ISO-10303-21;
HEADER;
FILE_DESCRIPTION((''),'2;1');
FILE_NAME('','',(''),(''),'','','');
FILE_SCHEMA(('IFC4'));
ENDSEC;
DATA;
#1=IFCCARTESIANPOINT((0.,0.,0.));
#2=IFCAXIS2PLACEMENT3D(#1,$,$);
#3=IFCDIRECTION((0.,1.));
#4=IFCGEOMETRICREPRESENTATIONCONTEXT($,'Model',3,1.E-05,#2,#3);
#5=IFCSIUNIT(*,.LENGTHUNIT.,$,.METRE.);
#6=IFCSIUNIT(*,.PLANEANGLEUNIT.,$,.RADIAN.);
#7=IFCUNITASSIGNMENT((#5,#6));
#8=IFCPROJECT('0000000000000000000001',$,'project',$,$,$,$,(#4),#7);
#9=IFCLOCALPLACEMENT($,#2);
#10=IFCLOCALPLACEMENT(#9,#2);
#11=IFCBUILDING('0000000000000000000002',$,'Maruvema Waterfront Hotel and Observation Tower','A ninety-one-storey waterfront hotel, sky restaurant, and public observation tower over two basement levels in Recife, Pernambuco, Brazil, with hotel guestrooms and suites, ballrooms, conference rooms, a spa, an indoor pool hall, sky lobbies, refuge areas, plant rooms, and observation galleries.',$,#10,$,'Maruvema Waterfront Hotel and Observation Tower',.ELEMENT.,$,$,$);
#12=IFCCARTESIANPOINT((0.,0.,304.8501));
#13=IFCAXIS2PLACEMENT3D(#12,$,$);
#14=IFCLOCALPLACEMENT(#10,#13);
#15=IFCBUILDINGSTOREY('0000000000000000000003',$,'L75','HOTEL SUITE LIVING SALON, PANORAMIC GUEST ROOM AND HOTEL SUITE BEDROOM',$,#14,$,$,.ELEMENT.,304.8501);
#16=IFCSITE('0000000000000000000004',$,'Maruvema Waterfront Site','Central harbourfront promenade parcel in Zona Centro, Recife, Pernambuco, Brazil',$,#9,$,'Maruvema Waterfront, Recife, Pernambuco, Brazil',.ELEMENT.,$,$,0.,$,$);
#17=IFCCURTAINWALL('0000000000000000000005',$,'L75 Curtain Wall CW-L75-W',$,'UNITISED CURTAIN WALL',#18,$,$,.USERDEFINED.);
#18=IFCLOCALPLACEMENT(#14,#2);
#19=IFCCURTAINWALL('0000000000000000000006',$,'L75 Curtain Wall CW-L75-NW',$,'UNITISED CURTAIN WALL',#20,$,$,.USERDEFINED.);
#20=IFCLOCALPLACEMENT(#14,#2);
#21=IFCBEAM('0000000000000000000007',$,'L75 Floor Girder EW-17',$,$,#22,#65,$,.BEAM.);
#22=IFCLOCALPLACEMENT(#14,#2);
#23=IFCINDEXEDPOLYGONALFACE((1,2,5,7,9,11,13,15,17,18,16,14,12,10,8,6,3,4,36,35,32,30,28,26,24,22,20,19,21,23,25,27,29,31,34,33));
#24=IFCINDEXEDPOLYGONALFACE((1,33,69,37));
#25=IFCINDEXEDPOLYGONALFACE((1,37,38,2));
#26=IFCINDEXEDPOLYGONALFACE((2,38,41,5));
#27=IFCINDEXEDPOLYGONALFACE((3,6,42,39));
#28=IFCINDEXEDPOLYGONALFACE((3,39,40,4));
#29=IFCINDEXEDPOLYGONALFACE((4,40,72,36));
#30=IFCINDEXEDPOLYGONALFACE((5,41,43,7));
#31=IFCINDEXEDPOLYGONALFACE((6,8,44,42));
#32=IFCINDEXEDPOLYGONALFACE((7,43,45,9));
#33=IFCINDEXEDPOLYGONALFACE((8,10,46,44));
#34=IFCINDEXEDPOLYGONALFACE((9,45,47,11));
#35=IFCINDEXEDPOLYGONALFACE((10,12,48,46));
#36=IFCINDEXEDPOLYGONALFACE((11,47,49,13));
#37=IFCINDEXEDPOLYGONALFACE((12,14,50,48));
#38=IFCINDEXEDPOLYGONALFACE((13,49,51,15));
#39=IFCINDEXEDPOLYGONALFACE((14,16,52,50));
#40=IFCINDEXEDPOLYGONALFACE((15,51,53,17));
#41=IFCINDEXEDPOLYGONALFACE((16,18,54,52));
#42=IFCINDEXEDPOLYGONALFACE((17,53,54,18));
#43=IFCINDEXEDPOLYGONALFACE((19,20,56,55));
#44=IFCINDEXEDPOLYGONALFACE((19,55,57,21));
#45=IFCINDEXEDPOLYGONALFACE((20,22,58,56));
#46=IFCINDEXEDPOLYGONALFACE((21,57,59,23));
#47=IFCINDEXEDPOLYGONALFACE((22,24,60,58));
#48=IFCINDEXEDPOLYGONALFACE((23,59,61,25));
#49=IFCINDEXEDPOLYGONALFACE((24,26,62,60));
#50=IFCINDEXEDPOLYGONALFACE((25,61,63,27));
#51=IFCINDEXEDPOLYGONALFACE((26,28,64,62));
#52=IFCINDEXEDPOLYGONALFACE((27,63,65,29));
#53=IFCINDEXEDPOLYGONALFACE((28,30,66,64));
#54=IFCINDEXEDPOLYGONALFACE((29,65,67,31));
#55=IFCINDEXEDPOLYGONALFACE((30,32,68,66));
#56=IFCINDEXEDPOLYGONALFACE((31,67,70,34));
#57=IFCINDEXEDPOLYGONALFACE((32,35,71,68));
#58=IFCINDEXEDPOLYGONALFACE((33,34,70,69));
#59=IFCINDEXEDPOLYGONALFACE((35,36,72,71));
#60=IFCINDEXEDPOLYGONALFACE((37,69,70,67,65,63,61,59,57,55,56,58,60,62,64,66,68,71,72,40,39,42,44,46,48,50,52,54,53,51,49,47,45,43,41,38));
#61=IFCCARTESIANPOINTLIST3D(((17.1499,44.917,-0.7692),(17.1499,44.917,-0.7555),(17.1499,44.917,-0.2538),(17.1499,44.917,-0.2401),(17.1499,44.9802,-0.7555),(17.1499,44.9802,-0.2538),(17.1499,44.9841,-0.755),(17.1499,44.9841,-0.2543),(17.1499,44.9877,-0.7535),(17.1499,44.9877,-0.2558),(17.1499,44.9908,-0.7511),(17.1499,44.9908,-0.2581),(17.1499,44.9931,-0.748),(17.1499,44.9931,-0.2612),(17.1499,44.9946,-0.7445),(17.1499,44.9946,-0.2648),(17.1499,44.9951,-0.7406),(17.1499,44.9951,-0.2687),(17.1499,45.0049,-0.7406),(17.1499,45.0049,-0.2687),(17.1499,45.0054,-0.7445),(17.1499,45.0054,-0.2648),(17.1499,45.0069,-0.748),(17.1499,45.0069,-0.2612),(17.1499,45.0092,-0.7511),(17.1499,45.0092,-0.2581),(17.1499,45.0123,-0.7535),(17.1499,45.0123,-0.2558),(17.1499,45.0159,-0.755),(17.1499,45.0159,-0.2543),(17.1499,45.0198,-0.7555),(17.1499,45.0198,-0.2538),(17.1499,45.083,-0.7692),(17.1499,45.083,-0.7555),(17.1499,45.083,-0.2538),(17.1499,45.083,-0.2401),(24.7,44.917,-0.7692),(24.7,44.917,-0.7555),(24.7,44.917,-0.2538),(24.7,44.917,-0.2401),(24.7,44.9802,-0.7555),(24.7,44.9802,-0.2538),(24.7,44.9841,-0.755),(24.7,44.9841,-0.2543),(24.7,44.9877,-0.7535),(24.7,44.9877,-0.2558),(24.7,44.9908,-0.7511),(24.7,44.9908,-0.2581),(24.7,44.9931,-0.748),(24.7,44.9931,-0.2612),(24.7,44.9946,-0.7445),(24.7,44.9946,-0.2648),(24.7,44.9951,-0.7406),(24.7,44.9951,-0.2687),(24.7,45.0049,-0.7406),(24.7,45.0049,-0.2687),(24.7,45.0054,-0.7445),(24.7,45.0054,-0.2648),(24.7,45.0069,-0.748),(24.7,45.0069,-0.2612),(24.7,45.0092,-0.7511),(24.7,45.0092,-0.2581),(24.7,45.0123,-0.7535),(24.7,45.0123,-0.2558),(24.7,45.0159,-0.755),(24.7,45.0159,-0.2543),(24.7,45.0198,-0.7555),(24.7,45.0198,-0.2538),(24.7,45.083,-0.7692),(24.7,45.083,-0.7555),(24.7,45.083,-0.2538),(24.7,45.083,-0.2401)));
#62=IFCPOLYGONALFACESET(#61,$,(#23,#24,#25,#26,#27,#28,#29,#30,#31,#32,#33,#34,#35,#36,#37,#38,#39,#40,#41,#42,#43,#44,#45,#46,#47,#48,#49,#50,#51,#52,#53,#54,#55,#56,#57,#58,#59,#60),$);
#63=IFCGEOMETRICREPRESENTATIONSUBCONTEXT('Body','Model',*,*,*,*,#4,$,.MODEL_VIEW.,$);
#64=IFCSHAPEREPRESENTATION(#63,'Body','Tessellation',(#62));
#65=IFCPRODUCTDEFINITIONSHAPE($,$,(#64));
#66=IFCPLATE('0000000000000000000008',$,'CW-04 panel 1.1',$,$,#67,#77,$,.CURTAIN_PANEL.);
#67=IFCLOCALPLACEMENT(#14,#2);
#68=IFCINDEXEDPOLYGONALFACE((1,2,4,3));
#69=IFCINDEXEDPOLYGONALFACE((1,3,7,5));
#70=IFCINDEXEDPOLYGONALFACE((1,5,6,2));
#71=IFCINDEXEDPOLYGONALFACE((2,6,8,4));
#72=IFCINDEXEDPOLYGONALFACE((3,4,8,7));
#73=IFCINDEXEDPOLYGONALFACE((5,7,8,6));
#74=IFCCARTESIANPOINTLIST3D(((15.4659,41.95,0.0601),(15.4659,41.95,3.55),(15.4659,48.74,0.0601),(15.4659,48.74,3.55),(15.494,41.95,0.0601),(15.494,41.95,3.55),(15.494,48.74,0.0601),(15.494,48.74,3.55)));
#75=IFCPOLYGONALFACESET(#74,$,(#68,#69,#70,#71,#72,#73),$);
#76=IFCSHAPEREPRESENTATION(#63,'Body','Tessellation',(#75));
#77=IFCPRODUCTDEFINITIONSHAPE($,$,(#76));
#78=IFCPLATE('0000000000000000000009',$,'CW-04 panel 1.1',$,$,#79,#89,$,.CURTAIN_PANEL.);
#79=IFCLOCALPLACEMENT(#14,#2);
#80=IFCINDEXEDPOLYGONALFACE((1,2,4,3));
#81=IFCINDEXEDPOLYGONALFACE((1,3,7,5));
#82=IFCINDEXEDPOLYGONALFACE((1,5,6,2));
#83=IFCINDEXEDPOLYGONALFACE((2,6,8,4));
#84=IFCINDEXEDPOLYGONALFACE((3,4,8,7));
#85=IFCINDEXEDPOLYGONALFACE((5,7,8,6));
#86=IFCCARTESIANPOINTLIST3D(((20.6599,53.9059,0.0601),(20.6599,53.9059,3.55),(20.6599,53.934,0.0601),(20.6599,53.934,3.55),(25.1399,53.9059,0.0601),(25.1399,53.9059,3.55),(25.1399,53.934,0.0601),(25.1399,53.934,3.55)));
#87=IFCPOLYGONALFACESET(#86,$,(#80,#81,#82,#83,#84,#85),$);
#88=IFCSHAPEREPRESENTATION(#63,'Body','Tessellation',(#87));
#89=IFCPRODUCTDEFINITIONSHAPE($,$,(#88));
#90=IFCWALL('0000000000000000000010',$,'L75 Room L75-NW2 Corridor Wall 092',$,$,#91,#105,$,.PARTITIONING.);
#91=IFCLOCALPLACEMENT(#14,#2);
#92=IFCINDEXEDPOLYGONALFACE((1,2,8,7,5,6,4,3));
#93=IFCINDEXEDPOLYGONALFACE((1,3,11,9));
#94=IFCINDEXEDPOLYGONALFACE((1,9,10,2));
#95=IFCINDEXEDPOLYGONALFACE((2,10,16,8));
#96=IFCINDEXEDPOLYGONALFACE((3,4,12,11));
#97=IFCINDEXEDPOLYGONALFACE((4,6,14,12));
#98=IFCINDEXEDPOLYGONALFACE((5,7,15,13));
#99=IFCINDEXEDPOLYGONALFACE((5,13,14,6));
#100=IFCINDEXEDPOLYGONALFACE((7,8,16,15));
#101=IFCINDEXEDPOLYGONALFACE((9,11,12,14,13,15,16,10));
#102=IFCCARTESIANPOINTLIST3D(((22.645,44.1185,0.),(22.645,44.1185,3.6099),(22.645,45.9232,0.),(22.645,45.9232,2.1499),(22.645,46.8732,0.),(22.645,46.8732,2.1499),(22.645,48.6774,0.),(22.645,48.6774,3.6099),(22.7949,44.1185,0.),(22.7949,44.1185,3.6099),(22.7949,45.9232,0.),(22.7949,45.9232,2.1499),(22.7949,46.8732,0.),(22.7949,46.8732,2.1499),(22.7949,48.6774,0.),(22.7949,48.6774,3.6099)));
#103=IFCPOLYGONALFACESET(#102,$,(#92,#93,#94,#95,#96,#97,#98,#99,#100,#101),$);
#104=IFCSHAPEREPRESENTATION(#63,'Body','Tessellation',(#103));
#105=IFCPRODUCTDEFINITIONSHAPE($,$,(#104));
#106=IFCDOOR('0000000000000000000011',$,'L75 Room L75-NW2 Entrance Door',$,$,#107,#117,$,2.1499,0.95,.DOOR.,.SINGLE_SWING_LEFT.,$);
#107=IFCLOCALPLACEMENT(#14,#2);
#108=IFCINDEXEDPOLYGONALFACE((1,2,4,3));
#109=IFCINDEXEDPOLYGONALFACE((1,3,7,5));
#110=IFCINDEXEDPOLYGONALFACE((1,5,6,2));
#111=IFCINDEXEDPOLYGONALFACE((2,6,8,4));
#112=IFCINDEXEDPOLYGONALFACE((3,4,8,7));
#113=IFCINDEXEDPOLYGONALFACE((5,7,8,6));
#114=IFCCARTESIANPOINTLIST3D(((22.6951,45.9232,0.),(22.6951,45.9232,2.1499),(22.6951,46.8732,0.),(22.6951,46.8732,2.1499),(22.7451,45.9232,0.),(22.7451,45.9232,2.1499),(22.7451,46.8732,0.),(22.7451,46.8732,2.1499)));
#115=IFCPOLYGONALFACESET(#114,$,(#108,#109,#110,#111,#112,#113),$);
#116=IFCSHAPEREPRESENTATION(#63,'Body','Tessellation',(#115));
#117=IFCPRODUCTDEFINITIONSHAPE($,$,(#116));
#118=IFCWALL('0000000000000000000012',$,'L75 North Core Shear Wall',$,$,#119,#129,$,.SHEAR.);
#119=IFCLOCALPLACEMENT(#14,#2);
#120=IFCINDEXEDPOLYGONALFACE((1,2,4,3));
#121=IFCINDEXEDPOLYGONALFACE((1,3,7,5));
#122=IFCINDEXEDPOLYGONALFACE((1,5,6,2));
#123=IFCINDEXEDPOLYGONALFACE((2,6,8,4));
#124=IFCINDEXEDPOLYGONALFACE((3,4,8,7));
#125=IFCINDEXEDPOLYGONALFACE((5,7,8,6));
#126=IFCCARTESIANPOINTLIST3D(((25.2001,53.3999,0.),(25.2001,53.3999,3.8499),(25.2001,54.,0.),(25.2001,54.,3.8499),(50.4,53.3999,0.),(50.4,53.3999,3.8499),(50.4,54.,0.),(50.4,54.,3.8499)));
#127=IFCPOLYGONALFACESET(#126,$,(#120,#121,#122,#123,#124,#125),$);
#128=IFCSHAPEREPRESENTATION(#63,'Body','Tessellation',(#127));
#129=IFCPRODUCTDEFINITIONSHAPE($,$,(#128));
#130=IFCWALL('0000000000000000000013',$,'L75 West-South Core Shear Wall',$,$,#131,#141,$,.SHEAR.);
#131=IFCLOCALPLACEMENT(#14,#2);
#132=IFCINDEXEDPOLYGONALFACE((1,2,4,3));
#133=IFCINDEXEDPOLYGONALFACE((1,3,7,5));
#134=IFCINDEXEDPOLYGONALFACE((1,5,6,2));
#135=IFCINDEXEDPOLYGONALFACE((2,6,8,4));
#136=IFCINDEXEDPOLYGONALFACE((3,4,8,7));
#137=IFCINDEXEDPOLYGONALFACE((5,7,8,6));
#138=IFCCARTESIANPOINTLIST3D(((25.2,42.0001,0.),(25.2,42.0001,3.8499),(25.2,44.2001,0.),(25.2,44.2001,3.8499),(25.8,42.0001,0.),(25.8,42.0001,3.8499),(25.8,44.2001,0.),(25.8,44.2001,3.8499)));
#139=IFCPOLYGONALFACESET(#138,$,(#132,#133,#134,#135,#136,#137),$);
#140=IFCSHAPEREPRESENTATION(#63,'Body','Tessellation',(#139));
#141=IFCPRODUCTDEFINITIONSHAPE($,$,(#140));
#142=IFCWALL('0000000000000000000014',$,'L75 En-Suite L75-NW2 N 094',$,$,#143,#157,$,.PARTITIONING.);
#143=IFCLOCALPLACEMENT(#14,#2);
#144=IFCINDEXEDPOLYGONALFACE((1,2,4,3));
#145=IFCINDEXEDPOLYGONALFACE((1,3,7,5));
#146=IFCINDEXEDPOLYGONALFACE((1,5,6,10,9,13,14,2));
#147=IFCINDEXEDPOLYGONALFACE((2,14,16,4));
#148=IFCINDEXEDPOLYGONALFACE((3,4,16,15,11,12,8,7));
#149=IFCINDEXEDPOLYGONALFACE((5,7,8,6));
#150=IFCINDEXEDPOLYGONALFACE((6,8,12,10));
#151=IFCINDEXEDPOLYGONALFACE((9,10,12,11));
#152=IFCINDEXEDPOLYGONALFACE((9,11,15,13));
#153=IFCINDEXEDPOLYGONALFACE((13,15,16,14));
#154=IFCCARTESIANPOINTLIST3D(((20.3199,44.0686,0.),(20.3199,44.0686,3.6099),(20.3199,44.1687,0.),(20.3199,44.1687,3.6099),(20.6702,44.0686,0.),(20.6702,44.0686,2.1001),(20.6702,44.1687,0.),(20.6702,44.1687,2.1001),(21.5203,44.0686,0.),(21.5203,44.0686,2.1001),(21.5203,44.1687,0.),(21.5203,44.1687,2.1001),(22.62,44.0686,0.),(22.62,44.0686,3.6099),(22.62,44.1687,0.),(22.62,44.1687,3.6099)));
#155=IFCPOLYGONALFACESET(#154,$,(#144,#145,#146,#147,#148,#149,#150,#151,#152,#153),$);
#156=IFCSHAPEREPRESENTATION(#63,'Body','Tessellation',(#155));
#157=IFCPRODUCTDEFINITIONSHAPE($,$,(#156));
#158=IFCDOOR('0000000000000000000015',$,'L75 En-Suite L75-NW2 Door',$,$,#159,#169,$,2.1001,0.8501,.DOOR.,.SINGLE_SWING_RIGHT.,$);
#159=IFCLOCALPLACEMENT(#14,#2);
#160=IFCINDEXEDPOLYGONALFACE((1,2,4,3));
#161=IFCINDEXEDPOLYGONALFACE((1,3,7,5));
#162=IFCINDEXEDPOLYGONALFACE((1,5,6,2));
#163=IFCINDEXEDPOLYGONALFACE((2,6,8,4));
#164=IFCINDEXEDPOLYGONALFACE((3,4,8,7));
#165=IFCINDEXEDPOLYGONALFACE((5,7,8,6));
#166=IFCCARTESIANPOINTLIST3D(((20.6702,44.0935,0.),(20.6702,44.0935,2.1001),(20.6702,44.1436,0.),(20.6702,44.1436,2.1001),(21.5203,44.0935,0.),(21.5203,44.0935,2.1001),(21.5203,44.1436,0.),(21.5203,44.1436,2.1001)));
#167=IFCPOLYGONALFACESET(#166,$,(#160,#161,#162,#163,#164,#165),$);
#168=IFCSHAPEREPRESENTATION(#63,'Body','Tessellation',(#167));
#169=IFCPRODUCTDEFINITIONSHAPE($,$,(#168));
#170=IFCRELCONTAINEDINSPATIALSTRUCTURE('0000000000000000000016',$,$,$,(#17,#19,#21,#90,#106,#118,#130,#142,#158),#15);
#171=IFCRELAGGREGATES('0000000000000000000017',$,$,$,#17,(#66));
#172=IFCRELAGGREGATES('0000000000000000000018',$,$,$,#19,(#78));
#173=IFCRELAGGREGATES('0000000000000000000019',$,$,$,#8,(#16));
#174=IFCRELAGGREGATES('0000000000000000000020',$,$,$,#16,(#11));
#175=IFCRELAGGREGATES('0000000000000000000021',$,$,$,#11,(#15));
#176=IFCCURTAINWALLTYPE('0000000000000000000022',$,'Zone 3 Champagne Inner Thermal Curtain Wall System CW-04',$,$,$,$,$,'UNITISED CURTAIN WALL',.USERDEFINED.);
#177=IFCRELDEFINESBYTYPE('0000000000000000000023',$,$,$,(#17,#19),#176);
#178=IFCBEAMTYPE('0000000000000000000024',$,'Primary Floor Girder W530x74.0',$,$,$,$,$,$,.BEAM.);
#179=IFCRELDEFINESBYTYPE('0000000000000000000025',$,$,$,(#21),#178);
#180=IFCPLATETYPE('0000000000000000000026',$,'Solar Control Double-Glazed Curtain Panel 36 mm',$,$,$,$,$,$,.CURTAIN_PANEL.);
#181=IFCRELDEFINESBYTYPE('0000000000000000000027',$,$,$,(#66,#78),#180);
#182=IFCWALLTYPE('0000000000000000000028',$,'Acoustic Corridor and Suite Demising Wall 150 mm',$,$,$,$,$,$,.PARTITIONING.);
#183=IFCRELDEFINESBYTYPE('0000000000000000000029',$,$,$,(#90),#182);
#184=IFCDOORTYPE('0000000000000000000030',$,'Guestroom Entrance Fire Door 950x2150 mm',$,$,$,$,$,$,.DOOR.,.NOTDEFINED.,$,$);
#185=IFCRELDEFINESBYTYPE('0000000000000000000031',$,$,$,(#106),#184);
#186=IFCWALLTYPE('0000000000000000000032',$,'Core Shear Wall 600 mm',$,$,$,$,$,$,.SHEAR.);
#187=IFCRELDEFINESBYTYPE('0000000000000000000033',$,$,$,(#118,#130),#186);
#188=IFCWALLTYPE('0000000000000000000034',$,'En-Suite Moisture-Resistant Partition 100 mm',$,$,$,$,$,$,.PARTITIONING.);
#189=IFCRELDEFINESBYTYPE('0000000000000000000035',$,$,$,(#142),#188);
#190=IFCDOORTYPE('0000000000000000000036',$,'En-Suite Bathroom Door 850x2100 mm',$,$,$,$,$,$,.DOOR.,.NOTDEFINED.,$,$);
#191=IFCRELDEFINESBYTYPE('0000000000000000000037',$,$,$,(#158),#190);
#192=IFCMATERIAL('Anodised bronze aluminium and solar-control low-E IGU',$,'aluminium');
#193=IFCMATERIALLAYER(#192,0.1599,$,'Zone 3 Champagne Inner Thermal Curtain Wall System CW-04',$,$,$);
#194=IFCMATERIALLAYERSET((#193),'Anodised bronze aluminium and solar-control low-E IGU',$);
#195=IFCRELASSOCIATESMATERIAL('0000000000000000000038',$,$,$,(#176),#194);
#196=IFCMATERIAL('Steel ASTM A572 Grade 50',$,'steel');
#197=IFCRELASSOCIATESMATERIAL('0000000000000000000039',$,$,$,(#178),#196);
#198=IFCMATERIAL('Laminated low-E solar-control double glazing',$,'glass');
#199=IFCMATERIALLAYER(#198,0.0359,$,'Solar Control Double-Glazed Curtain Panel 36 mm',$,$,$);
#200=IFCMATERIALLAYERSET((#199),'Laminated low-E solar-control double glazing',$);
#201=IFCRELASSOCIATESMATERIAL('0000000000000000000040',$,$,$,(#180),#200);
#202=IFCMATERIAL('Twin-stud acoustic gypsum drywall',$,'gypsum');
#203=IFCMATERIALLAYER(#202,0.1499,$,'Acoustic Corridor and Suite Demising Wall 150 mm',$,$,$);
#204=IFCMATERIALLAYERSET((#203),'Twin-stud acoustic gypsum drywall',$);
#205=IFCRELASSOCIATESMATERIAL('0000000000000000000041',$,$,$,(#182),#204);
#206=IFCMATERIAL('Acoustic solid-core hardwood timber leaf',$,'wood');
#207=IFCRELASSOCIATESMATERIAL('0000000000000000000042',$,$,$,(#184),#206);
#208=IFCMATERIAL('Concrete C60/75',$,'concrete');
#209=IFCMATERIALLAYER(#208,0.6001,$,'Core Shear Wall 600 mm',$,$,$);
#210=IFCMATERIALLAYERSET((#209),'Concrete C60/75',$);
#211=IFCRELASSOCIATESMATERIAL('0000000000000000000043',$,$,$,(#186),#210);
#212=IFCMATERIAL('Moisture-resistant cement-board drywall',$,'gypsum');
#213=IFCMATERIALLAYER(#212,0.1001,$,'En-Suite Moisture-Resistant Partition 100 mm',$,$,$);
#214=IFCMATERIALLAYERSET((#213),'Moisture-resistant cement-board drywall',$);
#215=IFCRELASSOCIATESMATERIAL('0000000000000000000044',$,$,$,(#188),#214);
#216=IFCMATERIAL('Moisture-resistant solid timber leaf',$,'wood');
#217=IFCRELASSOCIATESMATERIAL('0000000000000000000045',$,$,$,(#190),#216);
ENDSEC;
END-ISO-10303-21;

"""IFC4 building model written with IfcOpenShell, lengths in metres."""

from ifc_helpers import new_model, si_unit, direction, frame, frame_2d, origin, origin_2d, place, context, subcontext, project, spatial, rectangle, i_section, extrude, material, layer, layer_set, material_profile, profile_set, type_object, element, fill, aggregate, save


model = new_model("IFC4")

# Units and contexts
model_context = context("Model", 3, precision=1e-05, world=origin(), true_north=direction((0.0, 1.0)))
body_context = subcontext(model_context, "Body", "Model", "MODEL_VIEW")
ifc_project = project(units=[si_unit("LENGTHUNIT", "METRE"), si_unit("PLANEANGLEUNIT", "RADIAN")], contexts=[model_context])

# Site, building, storey
site_placement = place(None, origin())
site = spatial("IfcSite", under=ifc_project, at=site_placement, Name="Maruvema Waterfront Site", Description="Central harbourfront promenade parcel in Zona Centro, Recife, Pernambuco, Brazil", LongName="Maruvema Waterfront, Recife, Pernambuco, Brazil", CompositionType="ELEMENT", RefElevation=0.0)
building_placement = place(site_placement, origin())
building = spatial("IfcBuilding", under=site, at=building_placement, Name="Maruvema Waterfront Hotel and Observation Tower", Description="A ninety-one-storey waterfront hotel, sky restaurant, and public observation tower over two basement levels in Recife, Pernambuco, Brazil, with hotel guestrooms and suites, ballrooms, conference rooms, a spa, an indoor pool hall, sky lobbies, refuge areas, plant rooms, and observation galleries.", LongName="Maruvema Waterfront Hotel and Observation Tower", CompositionType="ELEMENT")
storey_placement = place(building_placement, frame((0.0, 0.0, 304.8501)))
storey = spatial("IfcBuildingStorey", under=building, at=storey_placement, Name="L75", Description="HOTEL SUITE LIVING SALON, PANORAMIC GUEST ROOM AND HOTEL SUITE BEDROOM", CompositionType="ELEMENT", Elevation=304.8501)

# Curtain walls
ifc_material_1 = material(Name="Anodised bronze aluminium and solar-control low-E IGU", Category="aluminium")
ifc_layer_1 = layer(ifc_material_1, 0.1599, Name="Zone 3 Champagne Inner Thermal Curtain Wall System CW-04")
ifc_layer_set_1 = layer_set([ifc_layer_1], Name="Anodised bronze aluminium and solar-control low-E IGU")
curtain_wall_type = type_object("IfcCurtainWallType", Name="Zone 3 Champagne Inner Thermal Curtain Wall System CW-04", ElementType="UNITISED CURTAIN WALL", PredefinedType="USERDEFINED", material=ifc_layer_set_1)
curtain_wall_1_placement = place(storey_placement, origin())
curtain_wall_1 = element("IfcCurtainWall", 1, at=curtain_wall_1_placement, inside=storey, type_object=curtain_wall_type, Name="L75 Curtain Wall CW-L75-W", ObjectType="UNITISED CURTAIN WALL", PredefinedType="USERDEFINED")
curtain_wall_2_placement = place(storey_placement, origin())
curtain_wall_2 = element("IfcCurtainWall", 2, at=curtain_wall_2_placement, inside=storey, type_object=curtain_wall_type, Name="L75 Curtain Wall CW-L75-NW", ObjectType="UNITISED CURTAIN WALL", PredefinedType="USERDEFINED")

# Beam
ifc_material_2 = material(Name="Steel ASTM A572 Grade 50", Category="steel")
ifc_material_profile_1 = material_profile(ifc_material_2, i_section(OverallWidth=0.166, OverallDepth=0.5291, WebThickness=0.0098, FlangeThickness=0.0137, FilletRadius=0.0149, at=origin_2d()), Name="W530x74.0")
ifc_profile_set_1 = profile_set([ifc_material_profile_1], Name="Steel ASTM A572 Grade 50")
beam_type = type_object("IfcBeamType", Name="Primary Floor Girder W530x74.0", PredefinedType="BEAM", material=ifc_profile_set_1)
beam_placement = place(storey_placement, frame((17.1499, 45.0, -0.5046), z_axis=(1.0, 0.0, 0.0), x_axis=(0.0, 1.0, 0.0)))
element("IfcBeam", 3, at=beam_placement, inside=storey, type_object=beam_type, Name="L75 Floor Girder EW-17", PredefinedType="BEAM", context=body_context, shape_type="SweptSolid", body=[
    extrude(i_section(OverallWidth=0.166, OverallDepth=0.5291, WebThickness=0.0098, FlangeThickness=0.0137, FilletRadius=0.0149, at=origin_2d()), origin(), (0.0, 0.0, 1.0), 7.55),
])

# Plates
ifc_material_3 = material(Name="Laminated low-E solar-control double glazing", Category="glass")
ifc_layer_2 = layer(ifc_material_3, 0.0359, Name="Solar Control Double-Glazed Curtain Panel 36 mm")
ifc_layer_set_2 = layer_set([ifc_layer_2], Name="Laminated low-E solar-control double glazing")
plate_type = type_object("IfcPlateType", Name="Solar Control Double-Glazed Curtain Panel 36 mm", PredefinedType="CURTAIN_PANEL", material=ifc_layer_set_2)
plate_1_placement = place(storey_placement, frame((15.48, 45.345, 0.0601), z_axis=(0.0, 0.0, 1.0), x_axis=(0.0, -1.0, 0.0)))
plate_1 = element("IfcPlate", 4, at=plate_1_placement, type_object=plate_type, Name="CW-04 panel 1.1", PredefinedType="CURTAIN_PANEL", context=body_context, shape_type="SweptSolid", body=[
    extrude(rectangle(XDim=6.79, YDim=0.0281, at=origin_2d()), origin(), (0.0, 0.0, 1.0), 3.49),
])
aggregate(curtain_wall_1, [plate_1])
plate_2_placement = place(storey_placement, frame((22.8999, 53.9199, 0.0601), z_axis=(0.0, 0.0, 1.0), x_axis=(-1.0, 0.0, 0.0)))
plate_2 = element("IfcPlate", 5, at=plate_2_placement, type_object=plate_type, Name="CW-04 panel 1.1", PredefinedType="CURTAIN_PANEL", context=body_context, shape_type="SweptSolid", body=[
    extrude(rectangle(XDim=4.48, YDim=0.0281, at=origin_2d()), origin(), (0.0, 0.0, 1.0), 3.49),
])
aggregate(curtain_wall_2, [plate_2])

# Wall, opening, door
ifc_material_4 = material(Name="Twin-stud acoustic gypsum drywall", Category="gypsum")
ifc_layer_3 = layer(ifc_material_4, 0.1499, Name="Acoustic Corridor and Suite Demising Wall 150 mm")
ifc_layer_set_3 = layer_set([ifc_layer_3], Name="Twin-stud acoustic gypsum drywall")
wall_type_1 = type_object("IfcWallType", Name="Acoustic Corridor and Suite Demising Wall 150 mm", PredefinedType="PARTITIONING", material=ifc_layer_set_3)
wall_1_placement = place(storey_placement, frame((22.72, 44.1187, 0.0), z_axis=(0.0, 0.0, 1.0), x_axis=(0.0, 1.0, 0.0)))
wall_1 = element("IfcWall", 6, at=wall_1_placement, inside=storey, type_object=wall_type_1, Name="L75 Room L75-NW2 Corridor Wall 092", PredefinedType="PARTITIONING", context=body_context, shape_type="SweptSolid", body=[
    extrude(rectangle(XDim=4.5588, YDim=0.1499, at=frame_2d((2.2793, 0.0))), origin(), (0.0, 0.0, 1.0), 3.6099),
])
opening_1_placement = place(wall_1_placement, frame((1.8044, 0.0, 0.0)))
opening_1 = element("IfcOpeningElement", 7, at=opening_1_placement, cuts=wall_1, PredefinedType="OPENING", context=body_context, shape_type="SweptSolid", body=[
    extrude(rectangle(XDim=0.95, YDim=2.1499, at=frame_2d((0.4751, 1.075))), frame((0.0, 0.085, 0.0), z_axis=(0.0, -1.0, 0.0), x_axis=(1.0, 0.0, 0.0)), (0.0, 0.0, 1.0), 0.1699),
])
ifc_material_5 = material(Name="Acoustic solid-core hardwood timber leaf", Category="wood")
door_type_1 = type_object("IfcDoorType", Name="Guestroom Entrance Fire Door 950x2150 mm", OperationType="NOTDEFINED", PredefinedType="DOOR", material=ifc_material_5)
door_1_placement = place(opening_1_placement, origin())
door_1 = element("IfcDoor", 8, at=door_1_placement, inside=storey, type_object=door_type_1, Name="L75 Room L75-NW2 Entrance Door", OperationType="SINGLE_SWING_LEFT", OverallHeight=2.1499, OverallWidth=0.95, PredefinedType="DOOR", context=body_context, shape_type="SweptSolid", body=[
    extrude(rectangle(XDim=0.95, YDim=2.1499, at=frame_2d((0.4751, 1.075))), frame((0.0, 0.0249, 0.0), z_axis=(0.0, -1.0, 0.0), x_axis=(1.0, 0.0, 0.0)), (0.0, 0.0, 1.0), 0.05),
])
fill(opening_1, door_1)

# Walls
ifc_material_6 = material(Name="Concrete C60/75", Category="concrete")
ifc_layer_4 = layer(ifc_material_6, 0.6001, Name="Core Shear Wall 600 mm")
ifc_layer_set_4 = layer_set([ifc_layer_4], Name="Concrete C60/75")
wall_type_2 = type_object("IfcWallType", Name="Core Shear Wall 600 mm", PredefinedType="SHEAR", material=ifc_layer_set_4)
wall_2_placement = place(storey_placement, frame((25.2, 53.7, 0.0), z_axis=(0.0, 0.0, 1.0), x_axis=(1.0, 0.0, 0.0)))
element("IfcWall", 9, at=wall_2_placement, inside=storey, type_object=wall_type_2, Name="L75 North Core Shear Wall", PredefinedType="SHEAR", context=body_context, shape_type="SweptSolid", body=[
    extrude(rectangle(XDim=25.2, YDim=0.6001, at=frame_2d((12.6001, 0.0))), origin(), (0.0, 0.0, 1.0), 3.8499),
])
wall_3_placement = place(storey_placement, frame((25.5, 42.0, 0.0), z_axis=(0.0, 0.0, 1.0), x_axis=(0.0, 1.0, 0.0)))
element("IfcWall", 10, at=wall_3_placement, inside=storey, type_object=wall_type_2, Name="L75 West-South Core Shear Wall", PredefinedType="SHEAR", context=body_context, shape_type="SweptSolid", body=[
    extrude(rectangle(XDim=2.2, YDim=0.6001, at=frame_2d((1.1001, 0.0))), origin(), (0.0, 0.0, 1.0), 3.8499),
])

# Wall, opening, door
ifc_material_7 = material(Name="Moisture-resistant cement-board drywall", Category="gypsum")
ifc_layer_5 = layer(ifc_material_7, 0.1001, Name="En-Suite Moisture-Resistant Partition 100 mm")
ifc_layer_set_5 = layer_set([ifc_layer_5], Name="Moisture-resistant cement-board drywall")
wall_type_3 = type_object("IfcWallType", Name="En-Suite Moisture-Resistant Partition 100 mm", PredefinedType="PARTITIONING", material=ifc_layer_set_5)
wall_4_placement = place(storey_placement, frame((20.3201, 44.1187, 0.0), z_axis=(0.0, 0.0, 1.0), x_axis=(1.0, 0.0, 0.0)))
wall_4 = element("IfcWall", 11, at=wall_4_placement, inside=storey, type_object=wall_type_3, Name="L75 En-Suite L75-NW2 N 094", PredefinedType="PARTITIONING", context=body_context, shape_type="SweptSolid", body=[
    extrude(rectangle(XDim=2.3, YDim=0.1001, at=frame_2d((1.1499, 0.0))), origin(), (0.0, 0.0, 1.0), 3.6099),
])
opening_2_placement = place(wall_4_placement, frame((0.3501, 0.0, 0.0)))
opening_2 = element("IfcOpeningElement", 12, at=opening_2_placement, cuts=wall_4, PredefinedType="OPENING", context=body_context, shape_type="SweptSolid", body=[
    extrude(rectangle(XDim=0.8501, YDim=2.1001, at=frame_2d((0.425, 1.05))), frame((0.0, 0.0601, 0.0), z_axis=(0.0, -1.0, 0.0), x_axis=(1.0, 0.0, 0.0)), (0.0, 0.0, 1.0), 0.1201),
])
ifc_material_8 = material(Name="Moisture-resistant solid timber leaf", Category="wood")
door_type_2 = type_object("IfcDoorType", Name="En-Suite Bathroom Door 850x2100 mm", OperationType="NOTDEFINED", PredefinedType="DOOR", material=ifc_material_8)
door_2_placement = place(opening_2_placement, origin())
door_2 = element("IfcDoor", 13, at=door_2_placement, inside=storey, type_object=door_type_2, Name="L75 En-Suite L75-NW2 Door", OperationType="SINGLE_SWING_RIGHT", OverallHeight=2.1001, OverallWidth=0.8501, PredefinedType="DOOR", context=body_context, shape_type="SweptSolid", body=[
    extrude(rectangle(XDim=0.8501, YDim=2.1001, at=frame_2d((0.425, 1.05))), frame((0.0, 0.0249, 0.0), z_axis=(0.0, -1.0, 0.0), x_axis=(1.0, 0.0, 0.0)), (0.0, 0.0, 1.0), 0.05),
])
fill(opening_2, door_2)

save(model, "model.ifc")
